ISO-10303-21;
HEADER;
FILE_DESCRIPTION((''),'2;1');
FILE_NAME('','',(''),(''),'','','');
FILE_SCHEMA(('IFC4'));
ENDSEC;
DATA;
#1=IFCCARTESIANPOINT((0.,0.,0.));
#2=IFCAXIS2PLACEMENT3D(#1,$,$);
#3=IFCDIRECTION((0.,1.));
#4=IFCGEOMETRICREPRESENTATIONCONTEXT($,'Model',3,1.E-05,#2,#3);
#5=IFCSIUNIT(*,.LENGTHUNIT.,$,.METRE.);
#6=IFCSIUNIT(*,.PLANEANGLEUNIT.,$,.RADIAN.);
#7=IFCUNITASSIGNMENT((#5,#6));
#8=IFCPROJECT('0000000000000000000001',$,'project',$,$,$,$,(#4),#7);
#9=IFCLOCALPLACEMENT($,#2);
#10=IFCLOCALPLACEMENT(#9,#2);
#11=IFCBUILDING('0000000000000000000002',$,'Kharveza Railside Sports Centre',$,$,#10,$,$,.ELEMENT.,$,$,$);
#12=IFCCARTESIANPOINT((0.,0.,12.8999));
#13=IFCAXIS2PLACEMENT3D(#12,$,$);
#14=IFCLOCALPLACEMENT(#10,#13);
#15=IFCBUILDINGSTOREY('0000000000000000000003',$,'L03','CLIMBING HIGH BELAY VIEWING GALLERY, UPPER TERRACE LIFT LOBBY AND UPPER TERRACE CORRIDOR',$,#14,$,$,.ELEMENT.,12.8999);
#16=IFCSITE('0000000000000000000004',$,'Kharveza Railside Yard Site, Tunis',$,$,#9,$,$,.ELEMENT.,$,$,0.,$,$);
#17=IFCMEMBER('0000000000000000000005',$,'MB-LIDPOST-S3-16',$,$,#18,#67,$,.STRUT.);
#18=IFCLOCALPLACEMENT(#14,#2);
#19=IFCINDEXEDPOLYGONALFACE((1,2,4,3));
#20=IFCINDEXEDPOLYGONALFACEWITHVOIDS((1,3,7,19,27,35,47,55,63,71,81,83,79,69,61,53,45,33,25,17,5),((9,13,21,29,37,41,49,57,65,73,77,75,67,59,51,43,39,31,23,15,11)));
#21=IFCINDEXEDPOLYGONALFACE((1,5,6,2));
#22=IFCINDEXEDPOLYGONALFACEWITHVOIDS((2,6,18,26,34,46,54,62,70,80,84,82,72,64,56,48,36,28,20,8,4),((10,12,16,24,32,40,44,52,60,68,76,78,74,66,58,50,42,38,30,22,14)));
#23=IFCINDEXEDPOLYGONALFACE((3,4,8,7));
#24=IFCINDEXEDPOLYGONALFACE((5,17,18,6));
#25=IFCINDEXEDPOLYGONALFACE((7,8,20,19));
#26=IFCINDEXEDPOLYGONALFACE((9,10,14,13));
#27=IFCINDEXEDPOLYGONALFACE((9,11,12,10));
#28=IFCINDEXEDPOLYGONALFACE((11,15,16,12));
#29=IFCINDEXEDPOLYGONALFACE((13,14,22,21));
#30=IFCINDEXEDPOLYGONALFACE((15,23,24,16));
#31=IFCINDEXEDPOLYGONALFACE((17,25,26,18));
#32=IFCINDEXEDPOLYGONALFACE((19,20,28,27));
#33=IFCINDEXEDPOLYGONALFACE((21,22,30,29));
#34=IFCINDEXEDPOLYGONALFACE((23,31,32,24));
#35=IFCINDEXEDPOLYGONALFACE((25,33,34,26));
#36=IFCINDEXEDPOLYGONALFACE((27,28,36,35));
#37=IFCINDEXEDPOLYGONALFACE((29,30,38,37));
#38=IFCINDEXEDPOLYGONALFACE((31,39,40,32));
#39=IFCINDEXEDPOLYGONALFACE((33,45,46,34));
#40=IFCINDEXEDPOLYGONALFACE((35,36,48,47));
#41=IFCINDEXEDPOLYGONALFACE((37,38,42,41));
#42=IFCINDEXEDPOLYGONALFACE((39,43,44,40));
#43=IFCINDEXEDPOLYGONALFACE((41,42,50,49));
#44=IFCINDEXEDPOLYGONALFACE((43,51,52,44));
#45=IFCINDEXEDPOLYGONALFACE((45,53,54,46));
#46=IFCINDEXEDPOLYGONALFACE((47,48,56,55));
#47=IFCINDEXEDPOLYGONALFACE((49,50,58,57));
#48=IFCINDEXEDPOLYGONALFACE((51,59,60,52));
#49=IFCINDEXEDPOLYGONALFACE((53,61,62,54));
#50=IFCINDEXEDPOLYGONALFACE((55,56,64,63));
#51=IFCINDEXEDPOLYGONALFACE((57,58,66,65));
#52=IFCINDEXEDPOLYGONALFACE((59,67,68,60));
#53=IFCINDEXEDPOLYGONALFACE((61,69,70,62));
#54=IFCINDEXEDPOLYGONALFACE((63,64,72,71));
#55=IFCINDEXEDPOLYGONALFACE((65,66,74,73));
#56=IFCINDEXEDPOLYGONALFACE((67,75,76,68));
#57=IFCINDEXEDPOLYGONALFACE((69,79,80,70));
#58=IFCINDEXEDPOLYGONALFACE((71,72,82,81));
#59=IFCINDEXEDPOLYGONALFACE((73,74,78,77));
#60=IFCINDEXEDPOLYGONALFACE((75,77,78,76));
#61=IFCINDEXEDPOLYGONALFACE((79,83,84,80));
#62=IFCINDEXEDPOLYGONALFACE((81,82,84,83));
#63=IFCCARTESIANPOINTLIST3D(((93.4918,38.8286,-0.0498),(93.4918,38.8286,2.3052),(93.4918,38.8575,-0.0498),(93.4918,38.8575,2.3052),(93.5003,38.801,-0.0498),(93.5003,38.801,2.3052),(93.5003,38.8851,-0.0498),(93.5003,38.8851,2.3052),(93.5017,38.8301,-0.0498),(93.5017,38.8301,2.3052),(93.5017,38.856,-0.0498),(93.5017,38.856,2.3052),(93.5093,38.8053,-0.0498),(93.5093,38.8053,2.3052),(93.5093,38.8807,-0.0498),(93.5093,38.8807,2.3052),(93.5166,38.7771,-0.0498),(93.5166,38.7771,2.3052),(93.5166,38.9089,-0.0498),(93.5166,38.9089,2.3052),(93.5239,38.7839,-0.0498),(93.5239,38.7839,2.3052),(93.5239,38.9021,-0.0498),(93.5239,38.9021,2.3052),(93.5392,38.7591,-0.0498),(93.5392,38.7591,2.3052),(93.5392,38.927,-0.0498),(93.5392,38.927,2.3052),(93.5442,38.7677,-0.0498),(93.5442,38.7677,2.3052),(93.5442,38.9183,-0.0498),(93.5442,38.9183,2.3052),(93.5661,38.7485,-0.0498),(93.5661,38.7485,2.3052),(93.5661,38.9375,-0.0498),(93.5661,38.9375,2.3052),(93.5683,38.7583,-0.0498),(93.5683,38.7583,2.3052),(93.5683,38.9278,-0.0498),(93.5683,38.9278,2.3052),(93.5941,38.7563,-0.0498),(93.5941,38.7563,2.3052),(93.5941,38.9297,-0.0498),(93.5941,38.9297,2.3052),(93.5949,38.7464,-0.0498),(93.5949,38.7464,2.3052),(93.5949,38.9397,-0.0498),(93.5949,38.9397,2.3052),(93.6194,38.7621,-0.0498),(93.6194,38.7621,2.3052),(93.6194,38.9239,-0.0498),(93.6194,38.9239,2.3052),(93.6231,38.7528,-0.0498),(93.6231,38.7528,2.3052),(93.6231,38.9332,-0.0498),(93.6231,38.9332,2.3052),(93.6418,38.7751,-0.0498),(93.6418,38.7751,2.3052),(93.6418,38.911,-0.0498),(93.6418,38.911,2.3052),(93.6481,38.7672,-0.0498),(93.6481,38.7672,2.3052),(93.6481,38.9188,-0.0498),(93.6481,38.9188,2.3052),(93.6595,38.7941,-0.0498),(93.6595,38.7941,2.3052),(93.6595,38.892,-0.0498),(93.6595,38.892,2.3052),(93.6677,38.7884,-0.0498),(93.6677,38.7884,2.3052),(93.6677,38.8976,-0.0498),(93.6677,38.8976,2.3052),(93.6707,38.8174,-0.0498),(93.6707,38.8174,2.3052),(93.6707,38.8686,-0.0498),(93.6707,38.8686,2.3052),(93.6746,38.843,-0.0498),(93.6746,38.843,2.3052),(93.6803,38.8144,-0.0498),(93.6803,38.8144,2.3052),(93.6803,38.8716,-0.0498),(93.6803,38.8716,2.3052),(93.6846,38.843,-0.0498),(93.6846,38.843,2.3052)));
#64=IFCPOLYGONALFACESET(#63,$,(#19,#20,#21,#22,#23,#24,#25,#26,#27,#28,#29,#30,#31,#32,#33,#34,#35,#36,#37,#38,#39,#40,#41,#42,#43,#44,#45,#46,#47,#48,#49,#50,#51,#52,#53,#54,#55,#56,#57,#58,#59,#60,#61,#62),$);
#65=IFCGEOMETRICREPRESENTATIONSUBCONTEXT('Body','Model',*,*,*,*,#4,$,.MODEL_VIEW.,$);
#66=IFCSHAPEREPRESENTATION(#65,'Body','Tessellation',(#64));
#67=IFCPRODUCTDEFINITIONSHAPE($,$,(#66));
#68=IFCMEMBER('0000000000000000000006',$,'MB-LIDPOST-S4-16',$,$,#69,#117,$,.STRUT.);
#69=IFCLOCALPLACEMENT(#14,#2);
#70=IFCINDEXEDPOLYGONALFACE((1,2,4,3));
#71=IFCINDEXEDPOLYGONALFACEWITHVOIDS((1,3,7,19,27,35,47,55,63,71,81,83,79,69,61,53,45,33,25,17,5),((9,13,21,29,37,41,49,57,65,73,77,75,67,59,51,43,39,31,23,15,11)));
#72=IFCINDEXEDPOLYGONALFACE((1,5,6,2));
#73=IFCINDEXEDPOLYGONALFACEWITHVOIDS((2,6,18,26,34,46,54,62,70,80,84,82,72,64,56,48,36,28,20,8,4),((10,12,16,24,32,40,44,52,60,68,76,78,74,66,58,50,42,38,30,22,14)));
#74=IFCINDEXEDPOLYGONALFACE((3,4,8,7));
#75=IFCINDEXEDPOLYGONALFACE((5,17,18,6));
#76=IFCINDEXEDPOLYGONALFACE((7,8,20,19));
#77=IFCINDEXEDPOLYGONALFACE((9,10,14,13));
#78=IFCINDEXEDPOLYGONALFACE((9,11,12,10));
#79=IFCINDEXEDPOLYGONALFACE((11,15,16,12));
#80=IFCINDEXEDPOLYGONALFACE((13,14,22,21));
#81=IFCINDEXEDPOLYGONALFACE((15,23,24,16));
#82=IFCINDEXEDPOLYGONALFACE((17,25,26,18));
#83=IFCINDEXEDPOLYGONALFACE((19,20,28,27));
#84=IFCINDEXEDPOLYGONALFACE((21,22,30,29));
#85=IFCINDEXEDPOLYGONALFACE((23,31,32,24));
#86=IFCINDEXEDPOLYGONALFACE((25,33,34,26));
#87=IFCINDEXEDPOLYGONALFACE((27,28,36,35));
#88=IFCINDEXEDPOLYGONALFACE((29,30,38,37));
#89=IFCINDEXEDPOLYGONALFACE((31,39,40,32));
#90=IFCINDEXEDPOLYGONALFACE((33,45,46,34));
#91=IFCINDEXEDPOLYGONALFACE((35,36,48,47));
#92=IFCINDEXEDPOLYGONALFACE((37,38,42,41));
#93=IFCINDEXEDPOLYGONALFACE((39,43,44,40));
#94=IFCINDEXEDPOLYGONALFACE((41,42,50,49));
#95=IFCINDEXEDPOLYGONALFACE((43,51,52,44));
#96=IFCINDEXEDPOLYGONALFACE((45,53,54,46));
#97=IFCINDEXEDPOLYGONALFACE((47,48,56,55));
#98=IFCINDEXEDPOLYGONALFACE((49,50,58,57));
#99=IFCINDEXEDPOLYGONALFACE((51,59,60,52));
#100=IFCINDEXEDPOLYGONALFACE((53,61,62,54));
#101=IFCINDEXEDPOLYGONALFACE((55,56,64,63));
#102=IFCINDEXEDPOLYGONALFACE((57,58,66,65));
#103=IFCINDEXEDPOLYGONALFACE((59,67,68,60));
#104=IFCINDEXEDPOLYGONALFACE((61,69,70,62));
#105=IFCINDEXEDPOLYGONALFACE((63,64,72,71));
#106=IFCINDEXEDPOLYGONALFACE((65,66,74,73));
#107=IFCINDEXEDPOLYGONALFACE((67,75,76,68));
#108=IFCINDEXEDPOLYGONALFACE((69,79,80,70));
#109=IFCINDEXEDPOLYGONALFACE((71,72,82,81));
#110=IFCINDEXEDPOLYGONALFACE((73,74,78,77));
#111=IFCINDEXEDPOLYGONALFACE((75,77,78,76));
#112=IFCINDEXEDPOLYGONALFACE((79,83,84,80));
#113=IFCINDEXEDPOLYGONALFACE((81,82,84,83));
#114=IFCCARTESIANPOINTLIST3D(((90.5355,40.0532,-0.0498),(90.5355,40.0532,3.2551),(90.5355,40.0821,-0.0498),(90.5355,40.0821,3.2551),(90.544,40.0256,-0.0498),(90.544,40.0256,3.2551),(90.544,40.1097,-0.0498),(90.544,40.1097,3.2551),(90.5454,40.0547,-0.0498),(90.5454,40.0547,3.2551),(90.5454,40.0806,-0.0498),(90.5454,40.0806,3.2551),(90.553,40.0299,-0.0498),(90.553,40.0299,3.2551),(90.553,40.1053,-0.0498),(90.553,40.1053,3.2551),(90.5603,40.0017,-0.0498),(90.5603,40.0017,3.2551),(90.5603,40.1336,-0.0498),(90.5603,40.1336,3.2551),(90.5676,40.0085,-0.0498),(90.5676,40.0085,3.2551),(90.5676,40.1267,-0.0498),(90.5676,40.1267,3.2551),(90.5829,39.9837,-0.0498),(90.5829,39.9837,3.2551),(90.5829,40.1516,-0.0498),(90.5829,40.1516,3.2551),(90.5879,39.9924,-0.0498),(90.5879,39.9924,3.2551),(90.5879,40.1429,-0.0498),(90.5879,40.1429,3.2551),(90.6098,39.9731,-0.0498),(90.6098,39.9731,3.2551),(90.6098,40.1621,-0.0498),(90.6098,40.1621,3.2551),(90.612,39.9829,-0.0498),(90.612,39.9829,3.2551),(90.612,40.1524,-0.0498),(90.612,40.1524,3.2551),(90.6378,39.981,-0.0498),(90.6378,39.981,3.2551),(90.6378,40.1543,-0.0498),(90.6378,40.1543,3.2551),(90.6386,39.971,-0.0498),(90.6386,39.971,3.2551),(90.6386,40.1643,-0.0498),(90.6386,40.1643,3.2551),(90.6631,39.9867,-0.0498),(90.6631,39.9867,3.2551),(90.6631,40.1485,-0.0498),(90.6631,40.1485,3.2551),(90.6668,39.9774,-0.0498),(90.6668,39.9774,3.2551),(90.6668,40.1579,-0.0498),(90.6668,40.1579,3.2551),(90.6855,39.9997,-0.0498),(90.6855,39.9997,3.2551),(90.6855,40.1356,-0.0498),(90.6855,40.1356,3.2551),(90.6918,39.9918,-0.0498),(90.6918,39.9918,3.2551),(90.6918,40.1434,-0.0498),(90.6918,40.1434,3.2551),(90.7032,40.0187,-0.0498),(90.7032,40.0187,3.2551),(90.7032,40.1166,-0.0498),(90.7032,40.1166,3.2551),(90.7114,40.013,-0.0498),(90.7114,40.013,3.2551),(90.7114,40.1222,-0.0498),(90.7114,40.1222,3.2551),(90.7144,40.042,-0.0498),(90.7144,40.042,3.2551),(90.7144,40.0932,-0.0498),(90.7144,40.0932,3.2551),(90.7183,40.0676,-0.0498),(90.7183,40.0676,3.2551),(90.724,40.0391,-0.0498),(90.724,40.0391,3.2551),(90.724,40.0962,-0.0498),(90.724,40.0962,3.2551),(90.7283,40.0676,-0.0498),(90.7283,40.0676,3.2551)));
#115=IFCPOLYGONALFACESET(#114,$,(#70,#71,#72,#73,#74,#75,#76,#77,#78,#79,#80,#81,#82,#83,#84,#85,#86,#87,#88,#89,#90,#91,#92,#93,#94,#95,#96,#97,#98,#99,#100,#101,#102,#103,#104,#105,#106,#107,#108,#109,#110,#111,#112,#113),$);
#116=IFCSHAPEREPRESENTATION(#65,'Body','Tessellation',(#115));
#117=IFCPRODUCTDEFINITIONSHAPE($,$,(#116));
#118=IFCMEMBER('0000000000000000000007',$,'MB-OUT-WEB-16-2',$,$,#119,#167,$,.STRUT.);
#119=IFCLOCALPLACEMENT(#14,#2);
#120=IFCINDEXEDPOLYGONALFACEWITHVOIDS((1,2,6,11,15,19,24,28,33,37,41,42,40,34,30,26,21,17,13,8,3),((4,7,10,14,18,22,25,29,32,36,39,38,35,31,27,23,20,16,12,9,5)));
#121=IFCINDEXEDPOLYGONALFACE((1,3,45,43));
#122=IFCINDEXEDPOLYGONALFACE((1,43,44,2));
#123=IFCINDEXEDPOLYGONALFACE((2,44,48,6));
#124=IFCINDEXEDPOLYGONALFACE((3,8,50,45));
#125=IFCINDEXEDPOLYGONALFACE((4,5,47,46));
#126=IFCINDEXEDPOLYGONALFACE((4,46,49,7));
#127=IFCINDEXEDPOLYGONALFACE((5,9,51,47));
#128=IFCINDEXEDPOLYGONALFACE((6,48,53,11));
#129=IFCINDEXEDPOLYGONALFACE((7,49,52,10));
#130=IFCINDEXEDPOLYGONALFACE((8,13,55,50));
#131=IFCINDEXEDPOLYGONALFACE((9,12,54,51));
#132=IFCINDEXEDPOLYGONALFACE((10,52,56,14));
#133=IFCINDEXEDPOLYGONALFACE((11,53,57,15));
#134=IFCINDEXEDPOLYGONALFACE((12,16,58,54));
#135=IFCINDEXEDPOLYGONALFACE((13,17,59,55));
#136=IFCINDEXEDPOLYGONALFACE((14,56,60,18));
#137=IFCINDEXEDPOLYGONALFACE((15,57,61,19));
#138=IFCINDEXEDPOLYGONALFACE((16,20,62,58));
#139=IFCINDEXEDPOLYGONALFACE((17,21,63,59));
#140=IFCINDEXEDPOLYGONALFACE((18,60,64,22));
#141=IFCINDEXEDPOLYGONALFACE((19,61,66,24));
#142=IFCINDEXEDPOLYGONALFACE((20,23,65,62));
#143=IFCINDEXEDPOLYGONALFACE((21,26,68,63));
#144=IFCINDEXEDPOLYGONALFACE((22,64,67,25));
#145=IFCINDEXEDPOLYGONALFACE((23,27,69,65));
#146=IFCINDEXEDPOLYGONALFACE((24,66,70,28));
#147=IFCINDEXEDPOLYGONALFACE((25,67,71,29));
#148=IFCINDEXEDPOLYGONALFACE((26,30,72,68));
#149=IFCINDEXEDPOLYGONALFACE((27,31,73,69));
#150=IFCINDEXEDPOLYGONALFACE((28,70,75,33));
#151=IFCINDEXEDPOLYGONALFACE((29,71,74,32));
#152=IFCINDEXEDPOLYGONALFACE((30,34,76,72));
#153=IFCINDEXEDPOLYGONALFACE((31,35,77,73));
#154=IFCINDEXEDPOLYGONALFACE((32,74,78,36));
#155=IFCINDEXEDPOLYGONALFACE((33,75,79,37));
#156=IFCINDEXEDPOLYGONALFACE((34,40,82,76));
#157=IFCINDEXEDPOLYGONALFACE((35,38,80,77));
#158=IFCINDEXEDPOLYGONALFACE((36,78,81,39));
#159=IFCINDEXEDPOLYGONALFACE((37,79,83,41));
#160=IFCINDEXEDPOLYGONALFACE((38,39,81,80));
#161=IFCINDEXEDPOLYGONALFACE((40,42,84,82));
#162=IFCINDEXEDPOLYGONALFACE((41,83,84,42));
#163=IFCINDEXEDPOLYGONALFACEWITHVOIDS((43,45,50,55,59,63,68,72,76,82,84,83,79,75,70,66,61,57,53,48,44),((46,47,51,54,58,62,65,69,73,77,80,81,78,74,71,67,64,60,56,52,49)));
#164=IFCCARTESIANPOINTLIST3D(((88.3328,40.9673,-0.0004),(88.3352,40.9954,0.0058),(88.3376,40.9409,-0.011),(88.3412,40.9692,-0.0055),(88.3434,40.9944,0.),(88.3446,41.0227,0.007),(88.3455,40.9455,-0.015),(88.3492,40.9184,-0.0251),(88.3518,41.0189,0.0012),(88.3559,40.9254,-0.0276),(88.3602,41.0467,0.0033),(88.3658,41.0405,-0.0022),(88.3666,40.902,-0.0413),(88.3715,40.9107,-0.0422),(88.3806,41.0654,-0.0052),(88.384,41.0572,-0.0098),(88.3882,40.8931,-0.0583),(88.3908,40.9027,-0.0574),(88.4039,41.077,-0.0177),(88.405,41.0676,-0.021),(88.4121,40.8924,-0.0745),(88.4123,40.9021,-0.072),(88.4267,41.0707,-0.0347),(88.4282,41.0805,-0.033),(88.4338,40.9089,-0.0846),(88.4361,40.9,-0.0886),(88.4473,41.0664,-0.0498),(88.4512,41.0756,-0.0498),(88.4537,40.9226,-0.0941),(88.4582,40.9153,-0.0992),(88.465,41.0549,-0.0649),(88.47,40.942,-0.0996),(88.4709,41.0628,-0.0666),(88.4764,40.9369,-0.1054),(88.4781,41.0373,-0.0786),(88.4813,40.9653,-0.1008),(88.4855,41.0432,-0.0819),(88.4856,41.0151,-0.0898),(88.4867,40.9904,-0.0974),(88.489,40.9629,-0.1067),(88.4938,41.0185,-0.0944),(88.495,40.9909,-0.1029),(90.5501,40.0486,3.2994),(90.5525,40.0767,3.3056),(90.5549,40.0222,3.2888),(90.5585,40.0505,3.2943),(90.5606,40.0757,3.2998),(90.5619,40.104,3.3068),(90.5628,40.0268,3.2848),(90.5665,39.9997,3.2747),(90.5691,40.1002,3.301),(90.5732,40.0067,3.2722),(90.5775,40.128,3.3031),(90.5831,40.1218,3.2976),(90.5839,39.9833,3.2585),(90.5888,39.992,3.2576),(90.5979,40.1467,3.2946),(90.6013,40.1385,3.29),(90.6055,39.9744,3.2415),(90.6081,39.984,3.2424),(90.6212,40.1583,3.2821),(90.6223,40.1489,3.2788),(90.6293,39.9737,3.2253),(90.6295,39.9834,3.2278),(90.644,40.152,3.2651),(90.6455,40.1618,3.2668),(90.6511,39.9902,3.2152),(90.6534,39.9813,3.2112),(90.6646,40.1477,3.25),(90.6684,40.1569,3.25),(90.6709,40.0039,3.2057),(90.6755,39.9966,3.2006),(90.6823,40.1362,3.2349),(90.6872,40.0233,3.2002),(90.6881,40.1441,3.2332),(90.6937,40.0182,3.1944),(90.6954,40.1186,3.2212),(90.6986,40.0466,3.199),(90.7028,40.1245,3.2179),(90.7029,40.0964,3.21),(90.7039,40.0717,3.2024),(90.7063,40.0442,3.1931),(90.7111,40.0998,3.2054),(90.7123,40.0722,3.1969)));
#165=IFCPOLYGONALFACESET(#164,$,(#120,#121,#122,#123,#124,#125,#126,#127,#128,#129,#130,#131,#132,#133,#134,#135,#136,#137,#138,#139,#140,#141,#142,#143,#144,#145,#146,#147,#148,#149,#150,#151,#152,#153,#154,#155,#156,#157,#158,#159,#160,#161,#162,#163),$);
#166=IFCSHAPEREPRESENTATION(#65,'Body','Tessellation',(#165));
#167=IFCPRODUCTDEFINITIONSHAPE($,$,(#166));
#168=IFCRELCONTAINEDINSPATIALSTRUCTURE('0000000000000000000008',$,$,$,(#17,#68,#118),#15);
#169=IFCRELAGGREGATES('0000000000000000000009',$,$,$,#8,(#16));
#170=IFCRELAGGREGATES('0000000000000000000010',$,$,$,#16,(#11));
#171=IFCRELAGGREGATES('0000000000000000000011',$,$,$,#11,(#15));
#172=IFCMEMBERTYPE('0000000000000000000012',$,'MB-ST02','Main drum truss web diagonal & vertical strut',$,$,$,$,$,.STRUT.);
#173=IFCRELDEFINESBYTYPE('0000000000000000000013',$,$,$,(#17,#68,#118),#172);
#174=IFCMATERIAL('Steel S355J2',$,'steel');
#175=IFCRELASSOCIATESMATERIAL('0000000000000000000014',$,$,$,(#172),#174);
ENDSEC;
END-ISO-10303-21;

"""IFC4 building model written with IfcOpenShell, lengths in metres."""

from ifc_helpers import new_model, si_unit, direction, frame, origin, origin_2d, place, context, subcontext, project, spatial, hollow_circle, extrude, material, material_profile, profile_set, type_object, element, save


model = new_model("IFC4")

# Units and contexts
model_context = context("Model", 3, precision=1e-05, world=origin(), true_north=direction((0.0, 1.0)))
body_context = subcontext(model_context, "Body", "Model", "MODEL_VIEW")
ifc_project = project(units=[si_unit("LENGTHUNIT", "METRE"), si_unit("PLANEANGLEUNIT", "RADIAN")], contexts=[model_context])

# Site, building, storey
site_placement = place(None, origin())
site = spatial("IfcSite", under=ifc_project, at=site_placement, Name="Kharveza Railside Yard Site, Tunis", CompositionType="ELEMENT", RefElevation=0.0)
building_placement = place(site_placement, origin())
building = spatial("IfcBuilding", under=site, at=building_placement, Name="Kharveza Railside Sports Centre", CompositionType="ELEMENT")
storey_placement = place(building_placement, frame((0.0, 0.0, 12.8999)))
storey = spatial("IfcBuildingStorey", under=building, at=storey_placement, Name="L03", Description="CLIMBING HIGH BELAY VIEWING GALLERY, UPPER TERRACE LIFT LOBBY AND UPPER TERRACE CORRIDOR", CompositionType="ELEMENT", Elevation=12.8999)

# Shared definitions
ifc_material_1 = material(Name="Steel S355J2", Category="steel")

# Members
ifc_material_profile_1 = material_profile(ifc_material_1, hollow_circle(Radius=0.0969, WallThickness=0.01, at=origin_2d()), Name="CHS 193.7x10.0")
ifc_profile_set_1 = profile_set([ifc_material_profile_1], Name="Steel S355J2")
member_type_1 = type_object("IfcMemberType", Name="MB-ST02", Description="Main drum truss web diagonal & vertical strut", PredefinedType="STRUT", material=ifc_profile_set_1)
member_1_placement = place(storey_placement, frame((93.5876, 38.843, -0.0498), z_axis=(0.0, 0.0, 1.0), x_axis=(1.0, 0.0, 0.0)))
element("IfcMember", 1, at=member_1_placement, inside=storey, type_object=member_type_1, Name="MB-LIDPOST-S3-16", PredefinedType="STRUT", context=body_context, shape_type="SweptSolid", body=[
    extrude(hollow_circle(Radius=0.0969, WallThickness=0.01, at=origin_2d()), origin(), (0.0, 0.0, 1.0), 2.355),
])
member_2_placement = place(storey_placement, frame((90.6313, 40.0676, -0.0498), z_axis=(0.0, 0.0, 1.0), x_axis=(1.0, 0.0, 0.0)))
element("IfcMember", 2, at=member_2_placement, inside=storey, type_object=member_type_1, Name="MB-LIDPOST-S4-16", PredefinedType="STRUT", context=body_context, shape_type="SweptSolid", body=[
    extrude(hollow_circle(Radius=0.0969, WallThickness=0.01, at=origin_2d()), origin(), (0.0, 0.0, 1.0), 3.3049),
])
member_3_placement = place(storey_placement, frame((88.4141, 40.9861, -0.0498), z_axis=(0.543409, -0.225154, 0.808711), x_axis=(0.38278, 0.92384, 0.0)))
element("IfcMember", 3, at=member_3_placement, inside=storey, type_object=member_type_1, Name="MB-OUT-WEB-16-2", PredefinedType="STRUT", context=body_context, shape_type="SweptSolid", body=[
    extrude(hollow_circle(Radius=0.0969, WallThickness=0.01, at=origin_2d()), origin(), (0.0, 0.0, 1.0), 4.0803),
])

save(model, "model.ifc")
